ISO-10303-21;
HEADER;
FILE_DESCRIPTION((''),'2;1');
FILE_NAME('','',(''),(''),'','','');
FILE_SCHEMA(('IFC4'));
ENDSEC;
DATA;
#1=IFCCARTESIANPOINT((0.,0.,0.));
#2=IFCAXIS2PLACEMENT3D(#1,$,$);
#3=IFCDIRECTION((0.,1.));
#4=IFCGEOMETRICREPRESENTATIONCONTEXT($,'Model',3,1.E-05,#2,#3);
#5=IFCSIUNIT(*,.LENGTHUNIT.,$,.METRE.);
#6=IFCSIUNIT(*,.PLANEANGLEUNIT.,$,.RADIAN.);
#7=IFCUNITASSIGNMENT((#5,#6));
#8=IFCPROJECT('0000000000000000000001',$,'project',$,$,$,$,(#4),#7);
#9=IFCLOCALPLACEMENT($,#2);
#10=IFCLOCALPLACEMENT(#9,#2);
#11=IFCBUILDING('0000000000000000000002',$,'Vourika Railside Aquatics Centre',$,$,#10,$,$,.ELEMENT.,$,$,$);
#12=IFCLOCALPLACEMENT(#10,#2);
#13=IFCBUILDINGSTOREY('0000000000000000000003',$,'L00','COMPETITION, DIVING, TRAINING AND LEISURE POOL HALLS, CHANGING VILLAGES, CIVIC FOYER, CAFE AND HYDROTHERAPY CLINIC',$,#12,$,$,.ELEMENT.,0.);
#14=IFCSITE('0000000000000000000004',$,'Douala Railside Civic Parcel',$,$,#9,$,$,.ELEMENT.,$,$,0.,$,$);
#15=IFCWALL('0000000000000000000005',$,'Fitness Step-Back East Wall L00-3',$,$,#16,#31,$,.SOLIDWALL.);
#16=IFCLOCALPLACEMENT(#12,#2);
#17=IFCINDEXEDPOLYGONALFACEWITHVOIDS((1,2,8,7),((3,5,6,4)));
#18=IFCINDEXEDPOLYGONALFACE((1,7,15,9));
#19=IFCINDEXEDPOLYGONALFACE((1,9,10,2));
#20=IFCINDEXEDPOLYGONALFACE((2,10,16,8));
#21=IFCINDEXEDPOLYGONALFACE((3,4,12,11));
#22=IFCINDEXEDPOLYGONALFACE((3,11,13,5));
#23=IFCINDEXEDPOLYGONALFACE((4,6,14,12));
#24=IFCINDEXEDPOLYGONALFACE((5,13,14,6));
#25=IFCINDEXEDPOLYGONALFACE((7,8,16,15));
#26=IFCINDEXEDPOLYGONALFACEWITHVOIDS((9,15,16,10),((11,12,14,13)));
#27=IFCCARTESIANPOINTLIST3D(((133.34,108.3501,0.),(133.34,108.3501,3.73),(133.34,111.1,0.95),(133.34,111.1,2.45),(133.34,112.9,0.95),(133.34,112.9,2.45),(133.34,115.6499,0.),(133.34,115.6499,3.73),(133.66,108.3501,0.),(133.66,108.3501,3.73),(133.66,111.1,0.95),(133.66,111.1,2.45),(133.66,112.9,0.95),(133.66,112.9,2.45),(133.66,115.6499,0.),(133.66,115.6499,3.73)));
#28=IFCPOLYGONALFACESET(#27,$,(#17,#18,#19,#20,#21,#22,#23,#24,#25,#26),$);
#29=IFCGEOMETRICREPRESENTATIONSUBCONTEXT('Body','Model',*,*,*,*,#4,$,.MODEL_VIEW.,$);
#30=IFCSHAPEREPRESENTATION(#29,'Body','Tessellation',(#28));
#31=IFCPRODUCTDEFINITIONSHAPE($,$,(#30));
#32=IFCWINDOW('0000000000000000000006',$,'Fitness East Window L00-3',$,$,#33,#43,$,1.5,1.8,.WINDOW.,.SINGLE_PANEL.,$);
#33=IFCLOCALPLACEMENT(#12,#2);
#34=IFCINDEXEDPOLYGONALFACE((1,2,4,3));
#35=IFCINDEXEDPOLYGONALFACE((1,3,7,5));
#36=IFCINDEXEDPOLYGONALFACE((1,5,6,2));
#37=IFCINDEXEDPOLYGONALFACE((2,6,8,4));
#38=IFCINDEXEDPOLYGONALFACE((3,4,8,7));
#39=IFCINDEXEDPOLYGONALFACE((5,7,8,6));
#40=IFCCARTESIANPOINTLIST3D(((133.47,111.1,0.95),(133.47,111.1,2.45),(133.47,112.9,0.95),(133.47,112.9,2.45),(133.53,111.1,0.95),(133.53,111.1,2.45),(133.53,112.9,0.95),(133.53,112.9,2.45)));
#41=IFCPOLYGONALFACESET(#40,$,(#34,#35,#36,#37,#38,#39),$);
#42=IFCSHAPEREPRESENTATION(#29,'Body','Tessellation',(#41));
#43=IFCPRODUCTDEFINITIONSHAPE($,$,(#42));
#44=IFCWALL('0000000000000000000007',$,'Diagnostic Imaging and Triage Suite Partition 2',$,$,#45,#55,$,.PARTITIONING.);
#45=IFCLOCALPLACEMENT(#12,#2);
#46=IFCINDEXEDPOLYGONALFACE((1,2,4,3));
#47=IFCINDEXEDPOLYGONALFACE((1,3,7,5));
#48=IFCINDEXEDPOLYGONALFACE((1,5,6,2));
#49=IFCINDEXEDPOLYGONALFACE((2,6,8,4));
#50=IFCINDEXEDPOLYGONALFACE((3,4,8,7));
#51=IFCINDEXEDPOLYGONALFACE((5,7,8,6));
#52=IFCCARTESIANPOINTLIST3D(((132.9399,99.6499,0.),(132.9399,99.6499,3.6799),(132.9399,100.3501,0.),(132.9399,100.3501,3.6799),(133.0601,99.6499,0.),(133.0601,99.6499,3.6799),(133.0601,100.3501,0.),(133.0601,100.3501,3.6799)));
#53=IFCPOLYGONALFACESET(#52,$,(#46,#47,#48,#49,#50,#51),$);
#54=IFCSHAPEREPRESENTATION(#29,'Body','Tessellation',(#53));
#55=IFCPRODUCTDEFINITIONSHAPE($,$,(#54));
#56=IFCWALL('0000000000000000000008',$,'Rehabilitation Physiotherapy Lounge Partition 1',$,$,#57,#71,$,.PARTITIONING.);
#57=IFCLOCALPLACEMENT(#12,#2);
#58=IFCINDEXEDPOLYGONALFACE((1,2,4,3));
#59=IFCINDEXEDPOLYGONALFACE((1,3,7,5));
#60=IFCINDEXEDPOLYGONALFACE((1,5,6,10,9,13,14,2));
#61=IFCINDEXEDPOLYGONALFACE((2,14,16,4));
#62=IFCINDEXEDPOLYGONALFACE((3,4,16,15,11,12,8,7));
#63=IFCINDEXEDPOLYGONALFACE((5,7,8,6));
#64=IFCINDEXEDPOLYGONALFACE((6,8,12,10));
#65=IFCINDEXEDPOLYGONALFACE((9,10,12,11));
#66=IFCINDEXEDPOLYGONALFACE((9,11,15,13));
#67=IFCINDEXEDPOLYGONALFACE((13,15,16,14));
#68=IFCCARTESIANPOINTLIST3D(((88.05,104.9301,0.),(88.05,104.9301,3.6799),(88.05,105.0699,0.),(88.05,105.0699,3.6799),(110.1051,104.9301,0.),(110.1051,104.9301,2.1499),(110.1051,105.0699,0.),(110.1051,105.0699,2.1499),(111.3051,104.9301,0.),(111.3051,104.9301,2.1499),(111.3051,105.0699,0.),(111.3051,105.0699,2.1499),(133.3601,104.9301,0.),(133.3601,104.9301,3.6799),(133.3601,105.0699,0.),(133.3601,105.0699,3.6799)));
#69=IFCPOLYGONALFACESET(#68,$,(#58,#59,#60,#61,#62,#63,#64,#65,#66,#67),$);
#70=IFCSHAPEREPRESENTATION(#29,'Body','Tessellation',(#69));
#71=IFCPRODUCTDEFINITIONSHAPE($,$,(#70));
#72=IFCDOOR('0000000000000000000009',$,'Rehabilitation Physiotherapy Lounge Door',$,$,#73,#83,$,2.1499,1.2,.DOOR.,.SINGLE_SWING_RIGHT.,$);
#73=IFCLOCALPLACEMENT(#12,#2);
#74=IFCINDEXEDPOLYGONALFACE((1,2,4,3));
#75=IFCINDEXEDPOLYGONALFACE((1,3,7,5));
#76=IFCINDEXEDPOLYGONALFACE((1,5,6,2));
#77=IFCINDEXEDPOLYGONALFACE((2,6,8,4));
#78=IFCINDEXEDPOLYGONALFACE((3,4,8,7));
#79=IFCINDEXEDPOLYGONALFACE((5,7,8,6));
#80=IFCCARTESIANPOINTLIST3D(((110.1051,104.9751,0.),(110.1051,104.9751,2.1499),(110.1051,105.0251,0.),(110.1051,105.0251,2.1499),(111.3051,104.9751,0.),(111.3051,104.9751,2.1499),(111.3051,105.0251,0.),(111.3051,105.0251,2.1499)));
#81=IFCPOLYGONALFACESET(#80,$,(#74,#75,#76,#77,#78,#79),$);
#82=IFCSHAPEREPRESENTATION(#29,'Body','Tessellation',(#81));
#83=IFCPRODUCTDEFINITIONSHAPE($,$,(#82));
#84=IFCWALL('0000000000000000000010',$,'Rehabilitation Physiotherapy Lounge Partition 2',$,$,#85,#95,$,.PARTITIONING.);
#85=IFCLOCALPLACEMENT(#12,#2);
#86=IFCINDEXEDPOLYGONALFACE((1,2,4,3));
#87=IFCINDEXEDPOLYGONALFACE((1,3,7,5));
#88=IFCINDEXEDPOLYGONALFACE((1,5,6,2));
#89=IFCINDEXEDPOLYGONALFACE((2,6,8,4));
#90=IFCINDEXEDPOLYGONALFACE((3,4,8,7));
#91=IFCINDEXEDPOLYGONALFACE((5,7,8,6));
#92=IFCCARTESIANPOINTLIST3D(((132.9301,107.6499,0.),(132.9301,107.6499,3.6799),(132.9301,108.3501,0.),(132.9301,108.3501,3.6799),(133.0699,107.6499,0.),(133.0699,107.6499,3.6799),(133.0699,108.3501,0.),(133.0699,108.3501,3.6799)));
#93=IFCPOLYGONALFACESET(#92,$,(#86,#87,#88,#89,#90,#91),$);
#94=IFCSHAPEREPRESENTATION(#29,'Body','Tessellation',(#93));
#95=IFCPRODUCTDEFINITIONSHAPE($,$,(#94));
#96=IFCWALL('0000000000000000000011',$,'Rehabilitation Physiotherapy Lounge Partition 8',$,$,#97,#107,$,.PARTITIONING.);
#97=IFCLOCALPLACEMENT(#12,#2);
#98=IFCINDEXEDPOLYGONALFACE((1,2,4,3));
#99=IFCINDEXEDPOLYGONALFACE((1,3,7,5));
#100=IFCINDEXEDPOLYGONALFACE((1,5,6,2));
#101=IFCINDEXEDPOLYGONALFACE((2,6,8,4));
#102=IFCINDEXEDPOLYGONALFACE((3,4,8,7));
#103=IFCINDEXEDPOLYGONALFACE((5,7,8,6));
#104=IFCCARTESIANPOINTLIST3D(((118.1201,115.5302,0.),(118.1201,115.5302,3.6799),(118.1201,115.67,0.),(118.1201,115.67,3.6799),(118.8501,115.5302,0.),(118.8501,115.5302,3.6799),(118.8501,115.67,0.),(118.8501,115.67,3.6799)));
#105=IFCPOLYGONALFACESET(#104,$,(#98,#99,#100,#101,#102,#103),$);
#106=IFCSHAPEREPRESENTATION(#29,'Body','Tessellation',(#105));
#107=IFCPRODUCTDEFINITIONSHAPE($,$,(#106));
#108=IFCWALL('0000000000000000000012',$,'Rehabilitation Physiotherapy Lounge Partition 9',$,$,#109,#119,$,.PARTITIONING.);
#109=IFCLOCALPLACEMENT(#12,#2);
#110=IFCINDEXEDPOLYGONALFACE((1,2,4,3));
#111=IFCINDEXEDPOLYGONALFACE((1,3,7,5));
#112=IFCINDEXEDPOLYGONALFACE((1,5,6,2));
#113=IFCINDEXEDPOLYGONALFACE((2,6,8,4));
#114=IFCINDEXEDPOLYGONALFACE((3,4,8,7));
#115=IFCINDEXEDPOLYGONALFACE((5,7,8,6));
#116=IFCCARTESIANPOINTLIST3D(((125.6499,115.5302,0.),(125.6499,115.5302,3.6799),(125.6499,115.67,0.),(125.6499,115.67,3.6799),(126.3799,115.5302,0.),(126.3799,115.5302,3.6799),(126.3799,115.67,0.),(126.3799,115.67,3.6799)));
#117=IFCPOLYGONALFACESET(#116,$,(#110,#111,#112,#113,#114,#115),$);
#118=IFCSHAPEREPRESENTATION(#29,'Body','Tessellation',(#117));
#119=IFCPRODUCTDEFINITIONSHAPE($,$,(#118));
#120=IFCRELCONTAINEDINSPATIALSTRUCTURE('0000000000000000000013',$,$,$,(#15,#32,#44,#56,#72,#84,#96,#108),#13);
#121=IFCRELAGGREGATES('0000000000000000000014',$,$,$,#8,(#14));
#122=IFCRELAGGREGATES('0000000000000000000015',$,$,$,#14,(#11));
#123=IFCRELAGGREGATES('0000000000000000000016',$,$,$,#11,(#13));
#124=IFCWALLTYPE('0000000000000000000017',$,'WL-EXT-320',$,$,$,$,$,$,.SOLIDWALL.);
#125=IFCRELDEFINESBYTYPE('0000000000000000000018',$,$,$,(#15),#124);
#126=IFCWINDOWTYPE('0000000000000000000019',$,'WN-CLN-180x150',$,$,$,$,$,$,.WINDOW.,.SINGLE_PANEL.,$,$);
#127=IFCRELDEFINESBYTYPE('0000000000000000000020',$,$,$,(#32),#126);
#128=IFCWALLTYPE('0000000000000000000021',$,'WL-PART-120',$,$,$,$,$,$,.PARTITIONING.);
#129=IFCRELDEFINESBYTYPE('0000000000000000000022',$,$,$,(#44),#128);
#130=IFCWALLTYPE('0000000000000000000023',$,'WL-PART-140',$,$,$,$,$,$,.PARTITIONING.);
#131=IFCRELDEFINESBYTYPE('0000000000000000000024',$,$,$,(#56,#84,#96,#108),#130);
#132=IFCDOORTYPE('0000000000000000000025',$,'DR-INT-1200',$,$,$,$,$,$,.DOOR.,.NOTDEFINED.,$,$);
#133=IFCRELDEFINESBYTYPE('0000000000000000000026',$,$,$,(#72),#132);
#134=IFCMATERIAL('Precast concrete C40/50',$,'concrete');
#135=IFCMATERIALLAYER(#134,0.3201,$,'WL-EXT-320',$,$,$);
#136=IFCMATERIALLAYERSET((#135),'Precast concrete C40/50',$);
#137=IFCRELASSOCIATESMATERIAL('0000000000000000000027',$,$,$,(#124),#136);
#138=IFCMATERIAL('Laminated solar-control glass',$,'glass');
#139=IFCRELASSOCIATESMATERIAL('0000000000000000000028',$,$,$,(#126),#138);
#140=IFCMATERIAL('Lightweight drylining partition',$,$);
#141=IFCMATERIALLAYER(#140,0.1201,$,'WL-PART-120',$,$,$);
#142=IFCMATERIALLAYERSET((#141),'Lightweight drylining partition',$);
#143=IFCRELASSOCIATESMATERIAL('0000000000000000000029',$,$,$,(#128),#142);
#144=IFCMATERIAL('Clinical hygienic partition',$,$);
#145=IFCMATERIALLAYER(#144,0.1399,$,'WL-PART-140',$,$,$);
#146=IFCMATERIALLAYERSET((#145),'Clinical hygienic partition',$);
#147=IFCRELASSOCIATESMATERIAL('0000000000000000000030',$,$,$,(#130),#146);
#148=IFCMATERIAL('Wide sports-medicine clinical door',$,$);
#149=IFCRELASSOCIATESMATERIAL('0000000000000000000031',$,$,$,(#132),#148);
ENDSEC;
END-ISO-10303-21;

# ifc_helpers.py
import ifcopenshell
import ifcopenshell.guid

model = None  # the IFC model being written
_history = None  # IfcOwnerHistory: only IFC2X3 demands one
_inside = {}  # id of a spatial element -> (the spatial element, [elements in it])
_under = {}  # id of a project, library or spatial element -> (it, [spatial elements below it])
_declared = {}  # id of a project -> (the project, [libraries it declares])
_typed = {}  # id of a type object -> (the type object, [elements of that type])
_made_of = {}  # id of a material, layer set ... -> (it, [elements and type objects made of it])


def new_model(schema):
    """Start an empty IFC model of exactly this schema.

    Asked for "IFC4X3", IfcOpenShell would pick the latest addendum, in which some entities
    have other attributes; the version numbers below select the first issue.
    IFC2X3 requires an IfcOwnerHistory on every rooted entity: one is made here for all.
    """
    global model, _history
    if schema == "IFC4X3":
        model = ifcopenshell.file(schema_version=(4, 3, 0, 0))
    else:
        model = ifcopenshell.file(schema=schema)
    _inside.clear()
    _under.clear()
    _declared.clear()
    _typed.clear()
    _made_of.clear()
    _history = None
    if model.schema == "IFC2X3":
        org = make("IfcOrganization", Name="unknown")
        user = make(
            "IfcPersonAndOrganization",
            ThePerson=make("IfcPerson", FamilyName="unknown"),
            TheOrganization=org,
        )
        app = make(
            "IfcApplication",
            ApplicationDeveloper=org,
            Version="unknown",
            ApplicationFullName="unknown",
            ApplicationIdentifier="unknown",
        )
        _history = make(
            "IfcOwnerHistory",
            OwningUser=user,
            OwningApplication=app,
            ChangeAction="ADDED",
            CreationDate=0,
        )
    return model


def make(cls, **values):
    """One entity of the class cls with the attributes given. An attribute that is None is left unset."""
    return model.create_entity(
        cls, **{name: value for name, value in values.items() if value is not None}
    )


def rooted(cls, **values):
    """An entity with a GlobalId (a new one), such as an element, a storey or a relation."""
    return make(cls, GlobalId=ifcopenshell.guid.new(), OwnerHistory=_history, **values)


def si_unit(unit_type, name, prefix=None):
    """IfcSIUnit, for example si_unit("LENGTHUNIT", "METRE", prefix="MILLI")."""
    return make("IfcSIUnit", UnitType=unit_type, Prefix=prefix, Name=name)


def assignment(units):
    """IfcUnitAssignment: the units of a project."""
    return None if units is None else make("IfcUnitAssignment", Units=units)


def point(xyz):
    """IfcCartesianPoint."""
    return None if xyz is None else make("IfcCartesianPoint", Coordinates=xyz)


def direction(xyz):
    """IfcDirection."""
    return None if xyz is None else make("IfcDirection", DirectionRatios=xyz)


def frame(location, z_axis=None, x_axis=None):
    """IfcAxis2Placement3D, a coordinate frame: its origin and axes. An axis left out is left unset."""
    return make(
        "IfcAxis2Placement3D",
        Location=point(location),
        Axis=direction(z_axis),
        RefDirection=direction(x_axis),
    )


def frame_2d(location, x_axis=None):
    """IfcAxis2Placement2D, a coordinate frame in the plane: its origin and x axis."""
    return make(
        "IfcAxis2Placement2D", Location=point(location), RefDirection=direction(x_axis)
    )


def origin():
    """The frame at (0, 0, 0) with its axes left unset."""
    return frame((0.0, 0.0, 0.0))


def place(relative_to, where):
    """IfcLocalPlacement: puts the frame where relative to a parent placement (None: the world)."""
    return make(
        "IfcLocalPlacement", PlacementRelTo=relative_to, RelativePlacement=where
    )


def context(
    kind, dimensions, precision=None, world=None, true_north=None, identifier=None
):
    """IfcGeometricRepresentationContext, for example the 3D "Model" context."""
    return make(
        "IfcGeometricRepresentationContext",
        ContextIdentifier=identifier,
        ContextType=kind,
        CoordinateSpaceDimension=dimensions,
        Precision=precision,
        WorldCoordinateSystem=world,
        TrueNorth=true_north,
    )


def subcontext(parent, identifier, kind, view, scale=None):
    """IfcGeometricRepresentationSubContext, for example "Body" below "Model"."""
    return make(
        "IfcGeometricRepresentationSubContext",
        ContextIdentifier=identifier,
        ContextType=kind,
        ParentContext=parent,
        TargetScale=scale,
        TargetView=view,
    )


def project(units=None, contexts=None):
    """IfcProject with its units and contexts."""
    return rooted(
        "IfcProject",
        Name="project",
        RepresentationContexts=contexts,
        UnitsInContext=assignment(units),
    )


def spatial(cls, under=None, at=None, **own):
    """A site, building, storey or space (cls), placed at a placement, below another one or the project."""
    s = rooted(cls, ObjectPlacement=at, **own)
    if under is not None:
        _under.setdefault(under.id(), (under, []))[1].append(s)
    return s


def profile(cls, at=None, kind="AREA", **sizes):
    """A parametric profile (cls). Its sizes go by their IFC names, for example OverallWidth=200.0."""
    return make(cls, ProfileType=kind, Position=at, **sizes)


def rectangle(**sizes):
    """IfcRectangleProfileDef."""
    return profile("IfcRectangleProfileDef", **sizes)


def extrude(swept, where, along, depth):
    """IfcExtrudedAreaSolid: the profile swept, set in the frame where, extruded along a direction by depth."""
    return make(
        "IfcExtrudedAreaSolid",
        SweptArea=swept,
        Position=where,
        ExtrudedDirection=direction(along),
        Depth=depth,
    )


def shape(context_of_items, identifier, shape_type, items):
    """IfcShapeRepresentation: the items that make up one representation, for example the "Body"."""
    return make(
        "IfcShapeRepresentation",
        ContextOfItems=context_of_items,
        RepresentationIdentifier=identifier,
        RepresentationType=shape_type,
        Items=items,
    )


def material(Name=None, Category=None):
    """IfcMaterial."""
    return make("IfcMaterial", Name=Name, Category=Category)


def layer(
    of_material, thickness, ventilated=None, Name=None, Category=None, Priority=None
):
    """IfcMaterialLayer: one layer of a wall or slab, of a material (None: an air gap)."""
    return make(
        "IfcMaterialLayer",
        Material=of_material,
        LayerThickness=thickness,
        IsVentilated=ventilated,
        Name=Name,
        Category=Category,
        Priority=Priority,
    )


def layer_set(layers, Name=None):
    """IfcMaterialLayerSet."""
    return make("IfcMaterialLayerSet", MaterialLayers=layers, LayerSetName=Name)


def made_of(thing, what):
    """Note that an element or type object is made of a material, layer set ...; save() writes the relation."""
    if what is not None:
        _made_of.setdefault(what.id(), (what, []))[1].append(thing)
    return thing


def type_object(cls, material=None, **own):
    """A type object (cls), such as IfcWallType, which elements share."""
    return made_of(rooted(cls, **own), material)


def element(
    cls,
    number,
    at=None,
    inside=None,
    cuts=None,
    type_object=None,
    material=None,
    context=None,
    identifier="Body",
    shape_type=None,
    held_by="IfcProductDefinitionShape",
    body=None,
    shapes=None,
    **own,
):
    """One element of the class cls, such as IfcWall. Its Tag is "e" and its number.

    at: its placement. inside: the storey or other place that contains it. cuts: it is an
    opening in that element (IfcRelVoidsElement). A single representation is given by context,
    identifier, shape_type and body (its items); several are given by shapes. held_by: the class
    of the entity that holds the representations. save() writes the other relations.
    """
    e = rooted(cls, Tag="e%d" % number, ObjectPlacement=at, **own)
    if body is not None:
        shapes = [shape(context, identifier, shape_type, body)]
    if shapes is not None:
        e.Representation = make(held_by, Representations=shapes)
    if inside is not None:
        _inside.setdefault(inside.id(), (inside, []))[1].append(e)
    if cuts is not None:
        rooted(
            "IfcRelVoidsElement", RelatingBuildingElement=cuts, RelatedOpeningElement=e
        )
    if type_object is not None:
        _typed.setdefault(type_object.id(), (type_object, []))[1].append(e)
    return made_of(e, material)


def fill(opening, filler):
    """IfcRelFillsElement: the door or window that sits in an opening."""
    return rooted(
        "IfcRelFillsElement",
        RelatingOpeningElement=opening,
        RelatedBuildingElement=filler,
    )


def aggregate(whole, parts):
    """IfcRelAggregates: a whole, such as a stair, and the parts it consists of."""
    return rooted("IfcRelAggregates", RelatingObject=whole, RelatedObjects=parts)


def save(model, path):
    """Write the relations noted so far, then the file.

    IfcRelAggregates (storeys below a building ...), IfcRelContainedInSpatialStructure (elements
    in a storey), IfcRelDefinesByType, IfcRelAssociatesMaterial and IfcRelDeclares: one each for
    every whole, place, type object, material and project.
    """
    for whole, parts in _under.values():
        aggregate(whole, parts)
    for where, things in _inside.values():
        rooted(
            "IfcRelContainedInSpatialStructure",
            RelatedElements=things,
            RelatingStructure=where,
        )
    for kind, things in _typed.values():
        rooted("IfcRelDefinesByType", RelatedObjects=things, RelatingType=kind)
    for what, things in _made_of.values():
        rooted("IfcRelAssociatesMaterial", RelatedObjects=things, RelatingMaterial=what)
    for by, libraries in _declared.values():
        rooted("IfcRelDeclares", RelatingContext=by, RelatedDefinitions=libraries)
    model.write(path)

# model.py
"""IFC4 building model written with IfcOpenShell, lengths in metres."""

from ifc_helpers import new_model, si_unit, direction, frame, frame_2d, origin, place, context, subcontext, project, spatial, rectangle, extrude, material, layer, layer_set, type_object, element, fill, save


model = new_model("IFC4")

# Units and contexts
model_context = context("Model", 3, precision=1e-05, world=origin(), true_north=direction((0.0, 1.0)))
body_context = subcontext(model_context, "Body", "Model", "MODEL_VIEW")
ifc_project = project(units=[si_unit("LENGTHUNIT", "METRE"), si_unit("PLANEANGLEUNIT", "RADIAN")], contexts=[model_context])

# Site, building, storey
site_placement = place(None, origin())
site = spatial("IfcSite", under=ifc_project, at=site_placement, Name="Douala Railside Civic Parcel", CompositionType="ELEMENT", RefElevation=0.0)
building_placement = place(site_placement, origin())
building = spatial("IfcBuilding", under=site, at=building_placement, Name="Vourika Railside Aquatics Centre", CompositionType="ELEMENT")
storey_placement = place(building_placement, origin())
storey = spatial("IfcBuildingStorey", under=building, at=storey_placement, Name="L00", Description="COMPETITION, DIVING, TRAINING AND LEISURE POOL HALLS, CHANGING VILLAGES, CIVIC FOYER, CAFE AND HYDROTHERAPY CLINIC", CompositionType="ELEMENT", Elevation=0.0)

# Wall, opening, window
ifc_material_1 = material(Name="Precast concrete C40/50", Category="concrete")
ifc_layer_1 = layer(ifc_material_1, 0.3201, Name="WL-EXT-320")
ifc_layer_set_1 = layer_set([ifc_layer_1], Name="Precast concrete C40/50")
wall_type_1 = type_object("IfcWallType", Name="WL-EXT-320", PredefinedType="SOLIDWALL", material=ifc_layer_set_1)
ifc_material_2 = material(Name="Laminated solar-control glass", Category="glass")
window_type = type_object("IfcWindowType", Name="WN-CLN-180x150", PartitioningType="SINGLE_PANEL", PredefinedType="WINDOW", material=ifc_material_2)
wall_1_placement = place(storey_placement, frame((133.5, 108.3501, 0.0), z_axis=(0.0, 0.0, 1.0), x_axis=(0.0, 1.0, 0.0)))
wall_1 = element("IfcWall", 1, at=wall_1_placement, inside=storey, type_object=wall_type_1, Name="Fitness Step-Back East Wall L00-3", PredefinedType="SOLIDWALL", context=body_context, shape_type="SweptSolid", body=[
    extrude(rectangle(XDim=7.2998, YDim=0.3201, at=frame_2d((3.6499, 0.0))), origin(), (0.0, 0.0, 1.0), 3.73),
])
opening_1_placement = place(wall_1_placement, frame((2.75, 0.0, 0.95)))
opening_1 = element("IfcOpeningElement", 2, at=opening_1_placement, cuts=wall_1, PredefinedType="OPENING", context=body_context, shape_type="SweptSolid", body=[
    extrude(rectangle(XDim=1.8, YDim=1.5, at=frame_2d((0.8999, 0.75))), frame((0.0, 0.1699, 0.0), z_axis=(0.0, -1.0, 0.0), x_axis=(1.0, 0.0, 0.0)), (0.0, 0.0, 1.0), 0.3401),
])
window_1_placement = place(opening_1_placement, origin())
window_1 = element("IfcWindow", 3, at=window_1_placement, inside=storey, type_object=window_type, Name="Fitness East Window L00-3", OverallHeight=1.5, OverallWidth=1.8, PartitioningType="SINGLE_PANEL", PredefinedType="WINDOW", context=body_context, shape_type="SweptSolid", body=[
    extrude(rectangle(XDim=1.8, YDim=1.5, at=frame_2d((0.8999, 0.75))), frame((0.0, 0.03, 0.0), z_axis=(0.0, -1.0, 0.0), x_axis=(1.0, 0.0, 0.0)), (0.0, 0.0, 1.0), 0.0601),
])
fill(opening_1, window_1)

# Wall
ifc_material_3 = material(Name="Lightweight drylining partition")
ifc_layer_2 = layer(ifc_material_3, 0.1201, Name="WL-PART-120")
ifc_layer_set_2 = layer_set([ifc_layer_2], Name="Lightweight drylining partition")
wall_type_2 = type_object("IfcWallType", Name="WL-PART-120", PredefinedType="PARTITIONING", material=ifc_layer_set_2)
wall_2_placement = place(storey_placement, frame((133.0, 100.3501, 0.0), z_axis=(0.0, 0.0, 1.0), x_axis=(0.0, -1.0, 0.0)))
element("IfcWall", 4, at=wall_2_placement, inside=storey, type_object=wall_type_2, Name="Diagnostic Imaging and Triage Suite Partition 2", PredefinedType="PARTITIONING", context=body_context, shape_type="SweptSolid", body=[
    extrude(rectangle(XDim=0.7002, YDim=0.1201, at=frame_2d((0.3501, 0.0))), origin(), (0.0, 0.0, 1.0), 3.6799),
])

# Wall, opening, door
ifc_material_4 = material(Name="Clinical hygienic partition")
ifc_layer_3 = layer(ifc_material_4, 0.1399, Name="WL-PART-140")
ifc_layer_set_3 = layer_set([ifc_layer_3], Name="Clinical hygienic partition")
wall_type_3 = type_object("IfcWallType", Name="WL-PART-140", PredefinedType="PARTITIONING", material=ifc_layer_set_3)
wall_3_placement = place(storey_placement, frame((133.3601, 105.0, 0.0), z_axis=(0.0, 0.0, 1.0), x_axis=(-1.0, 0.0, 0.0)))
wall_3 = element("IfcWall", 5, at=wall_3_placement, inside=storey, type_object=wall_type_3, Name="Rehabilitation Physiotherapy Lounge Partition 1", PredefinedType="PARTITIONING", context=body_context, shape_type="SweptSolid", body=[
    extrude(rectangle(XDim=45.3101, YDim=0.1399, at=frame_2d((22.655, 0.0))), origin(), (0.0, 0.0, 1.0), 3.6799),
])
opening_2_placement = place(wall_3_placement, frame((22.0549, 0.0, 0.0)))
opening_2 = element("IfcOpeningElement", 6, at=opening_2_placement, cuts=wall_3, PredefinedType="OPENING", context=body_context, shape_type="SweptSolid", body=[
    extrude(rectangle(XDim=1.2, YDim=2.1499, at=frame_2d((0.6001, 1.075))), frame((0.0, 0.0801, 0.0), z_axis=(0.0, -1.0, 0.0), x_axis=(1.0, 0.0, 0.0)), (0.0, 0.0, 1.0), 0.1599),
])
ifc_material_5 = material(Name="Wide sports-medicine clinical door")
door_type = type_object("IfcDoorType", Name="DR-INT-1200", OperationType="NOTDEFINED", PredefinedType="DOOR", material=ifc_material_5)
door_placement = place(opening_2_placement, origin())
door = element("IfcDoor", 7, at=door_placement, inside=storey, type_object=door_type, Name="Rehabilitation Physiotherapy Lounge Door", OperationType="SINGLE_SWING_RIGHT", OverallHeight=2.1499, OverallWidth=1.2, PredefinedType="DOOR", context=body_context, shape_type="SweptSolid", body=[
    extrude(rectangle(XDim=1.2, YDim=2.1499, at=frame_2d((0.6001, 1.075))), frame((0.0, 0.0249, 0.0), z_axis=(0.0, -1.0, 0.0), x_axis=(1.0, 0.0, 0.0)), (0.0, 0.0, 1.0), 0.05),
])
fill(opening_2, door)

# Walls
wall_4_placement = place(storey_placement, frame((133.0, 108.3501, 0.0), z_axis=(0.0, 0.0, 1.0), x_axis=(0.0, -1.0, 0.0)))
element("IfcWall", 8, at=wall_4_placement, inside=storey, type_object=wall_type_3, Name="Rehabilitation Physiotherapy Lounge Partition 2", PredefinedType="PARTITIONING", context=body_context, shape_type="SweptSolid", body=[
    extrude(rectangle(XDim=0.7002, YDim=0.1399, at=frame_2d((0.3501, 0.0))), origin(), (0.0, 0.0, 1.0), 3.6799),
])
for number, where, z_axis, x_axis, name in (
    (9, (118.1201, 115.6001, 0.0), (0.0, 0.0, 1.0), (1.0, 0.0, 0.0), "Rehabilitation Physiotherapy Lounge Partition 8"),
    (10, (125.6499, 115.6001, 0.0), (0.0, 0.0, 1.0), (1.0, 0.0, 0.0), "Rehabilitation Physiotherapy Lounge Partition 9"),
):
    element("IfcWall", number, at=place(storey_placement, frame(where, z_axis=z_axis, x_axis=x_axis)), inside=storey, type_object=wall_type_3, Name=name, PredefinedType="PARTITIONING", context=body_context, shape_type="SweptSolid", body=[
        extrude(rectangle(XDim=0.73, YDim=0.1399, at=frame_2d((0.365, 0.0))), origin(), (0.0, 0.0, 1.0), 3.6799),
    ])

save(model, "model.ifc")
